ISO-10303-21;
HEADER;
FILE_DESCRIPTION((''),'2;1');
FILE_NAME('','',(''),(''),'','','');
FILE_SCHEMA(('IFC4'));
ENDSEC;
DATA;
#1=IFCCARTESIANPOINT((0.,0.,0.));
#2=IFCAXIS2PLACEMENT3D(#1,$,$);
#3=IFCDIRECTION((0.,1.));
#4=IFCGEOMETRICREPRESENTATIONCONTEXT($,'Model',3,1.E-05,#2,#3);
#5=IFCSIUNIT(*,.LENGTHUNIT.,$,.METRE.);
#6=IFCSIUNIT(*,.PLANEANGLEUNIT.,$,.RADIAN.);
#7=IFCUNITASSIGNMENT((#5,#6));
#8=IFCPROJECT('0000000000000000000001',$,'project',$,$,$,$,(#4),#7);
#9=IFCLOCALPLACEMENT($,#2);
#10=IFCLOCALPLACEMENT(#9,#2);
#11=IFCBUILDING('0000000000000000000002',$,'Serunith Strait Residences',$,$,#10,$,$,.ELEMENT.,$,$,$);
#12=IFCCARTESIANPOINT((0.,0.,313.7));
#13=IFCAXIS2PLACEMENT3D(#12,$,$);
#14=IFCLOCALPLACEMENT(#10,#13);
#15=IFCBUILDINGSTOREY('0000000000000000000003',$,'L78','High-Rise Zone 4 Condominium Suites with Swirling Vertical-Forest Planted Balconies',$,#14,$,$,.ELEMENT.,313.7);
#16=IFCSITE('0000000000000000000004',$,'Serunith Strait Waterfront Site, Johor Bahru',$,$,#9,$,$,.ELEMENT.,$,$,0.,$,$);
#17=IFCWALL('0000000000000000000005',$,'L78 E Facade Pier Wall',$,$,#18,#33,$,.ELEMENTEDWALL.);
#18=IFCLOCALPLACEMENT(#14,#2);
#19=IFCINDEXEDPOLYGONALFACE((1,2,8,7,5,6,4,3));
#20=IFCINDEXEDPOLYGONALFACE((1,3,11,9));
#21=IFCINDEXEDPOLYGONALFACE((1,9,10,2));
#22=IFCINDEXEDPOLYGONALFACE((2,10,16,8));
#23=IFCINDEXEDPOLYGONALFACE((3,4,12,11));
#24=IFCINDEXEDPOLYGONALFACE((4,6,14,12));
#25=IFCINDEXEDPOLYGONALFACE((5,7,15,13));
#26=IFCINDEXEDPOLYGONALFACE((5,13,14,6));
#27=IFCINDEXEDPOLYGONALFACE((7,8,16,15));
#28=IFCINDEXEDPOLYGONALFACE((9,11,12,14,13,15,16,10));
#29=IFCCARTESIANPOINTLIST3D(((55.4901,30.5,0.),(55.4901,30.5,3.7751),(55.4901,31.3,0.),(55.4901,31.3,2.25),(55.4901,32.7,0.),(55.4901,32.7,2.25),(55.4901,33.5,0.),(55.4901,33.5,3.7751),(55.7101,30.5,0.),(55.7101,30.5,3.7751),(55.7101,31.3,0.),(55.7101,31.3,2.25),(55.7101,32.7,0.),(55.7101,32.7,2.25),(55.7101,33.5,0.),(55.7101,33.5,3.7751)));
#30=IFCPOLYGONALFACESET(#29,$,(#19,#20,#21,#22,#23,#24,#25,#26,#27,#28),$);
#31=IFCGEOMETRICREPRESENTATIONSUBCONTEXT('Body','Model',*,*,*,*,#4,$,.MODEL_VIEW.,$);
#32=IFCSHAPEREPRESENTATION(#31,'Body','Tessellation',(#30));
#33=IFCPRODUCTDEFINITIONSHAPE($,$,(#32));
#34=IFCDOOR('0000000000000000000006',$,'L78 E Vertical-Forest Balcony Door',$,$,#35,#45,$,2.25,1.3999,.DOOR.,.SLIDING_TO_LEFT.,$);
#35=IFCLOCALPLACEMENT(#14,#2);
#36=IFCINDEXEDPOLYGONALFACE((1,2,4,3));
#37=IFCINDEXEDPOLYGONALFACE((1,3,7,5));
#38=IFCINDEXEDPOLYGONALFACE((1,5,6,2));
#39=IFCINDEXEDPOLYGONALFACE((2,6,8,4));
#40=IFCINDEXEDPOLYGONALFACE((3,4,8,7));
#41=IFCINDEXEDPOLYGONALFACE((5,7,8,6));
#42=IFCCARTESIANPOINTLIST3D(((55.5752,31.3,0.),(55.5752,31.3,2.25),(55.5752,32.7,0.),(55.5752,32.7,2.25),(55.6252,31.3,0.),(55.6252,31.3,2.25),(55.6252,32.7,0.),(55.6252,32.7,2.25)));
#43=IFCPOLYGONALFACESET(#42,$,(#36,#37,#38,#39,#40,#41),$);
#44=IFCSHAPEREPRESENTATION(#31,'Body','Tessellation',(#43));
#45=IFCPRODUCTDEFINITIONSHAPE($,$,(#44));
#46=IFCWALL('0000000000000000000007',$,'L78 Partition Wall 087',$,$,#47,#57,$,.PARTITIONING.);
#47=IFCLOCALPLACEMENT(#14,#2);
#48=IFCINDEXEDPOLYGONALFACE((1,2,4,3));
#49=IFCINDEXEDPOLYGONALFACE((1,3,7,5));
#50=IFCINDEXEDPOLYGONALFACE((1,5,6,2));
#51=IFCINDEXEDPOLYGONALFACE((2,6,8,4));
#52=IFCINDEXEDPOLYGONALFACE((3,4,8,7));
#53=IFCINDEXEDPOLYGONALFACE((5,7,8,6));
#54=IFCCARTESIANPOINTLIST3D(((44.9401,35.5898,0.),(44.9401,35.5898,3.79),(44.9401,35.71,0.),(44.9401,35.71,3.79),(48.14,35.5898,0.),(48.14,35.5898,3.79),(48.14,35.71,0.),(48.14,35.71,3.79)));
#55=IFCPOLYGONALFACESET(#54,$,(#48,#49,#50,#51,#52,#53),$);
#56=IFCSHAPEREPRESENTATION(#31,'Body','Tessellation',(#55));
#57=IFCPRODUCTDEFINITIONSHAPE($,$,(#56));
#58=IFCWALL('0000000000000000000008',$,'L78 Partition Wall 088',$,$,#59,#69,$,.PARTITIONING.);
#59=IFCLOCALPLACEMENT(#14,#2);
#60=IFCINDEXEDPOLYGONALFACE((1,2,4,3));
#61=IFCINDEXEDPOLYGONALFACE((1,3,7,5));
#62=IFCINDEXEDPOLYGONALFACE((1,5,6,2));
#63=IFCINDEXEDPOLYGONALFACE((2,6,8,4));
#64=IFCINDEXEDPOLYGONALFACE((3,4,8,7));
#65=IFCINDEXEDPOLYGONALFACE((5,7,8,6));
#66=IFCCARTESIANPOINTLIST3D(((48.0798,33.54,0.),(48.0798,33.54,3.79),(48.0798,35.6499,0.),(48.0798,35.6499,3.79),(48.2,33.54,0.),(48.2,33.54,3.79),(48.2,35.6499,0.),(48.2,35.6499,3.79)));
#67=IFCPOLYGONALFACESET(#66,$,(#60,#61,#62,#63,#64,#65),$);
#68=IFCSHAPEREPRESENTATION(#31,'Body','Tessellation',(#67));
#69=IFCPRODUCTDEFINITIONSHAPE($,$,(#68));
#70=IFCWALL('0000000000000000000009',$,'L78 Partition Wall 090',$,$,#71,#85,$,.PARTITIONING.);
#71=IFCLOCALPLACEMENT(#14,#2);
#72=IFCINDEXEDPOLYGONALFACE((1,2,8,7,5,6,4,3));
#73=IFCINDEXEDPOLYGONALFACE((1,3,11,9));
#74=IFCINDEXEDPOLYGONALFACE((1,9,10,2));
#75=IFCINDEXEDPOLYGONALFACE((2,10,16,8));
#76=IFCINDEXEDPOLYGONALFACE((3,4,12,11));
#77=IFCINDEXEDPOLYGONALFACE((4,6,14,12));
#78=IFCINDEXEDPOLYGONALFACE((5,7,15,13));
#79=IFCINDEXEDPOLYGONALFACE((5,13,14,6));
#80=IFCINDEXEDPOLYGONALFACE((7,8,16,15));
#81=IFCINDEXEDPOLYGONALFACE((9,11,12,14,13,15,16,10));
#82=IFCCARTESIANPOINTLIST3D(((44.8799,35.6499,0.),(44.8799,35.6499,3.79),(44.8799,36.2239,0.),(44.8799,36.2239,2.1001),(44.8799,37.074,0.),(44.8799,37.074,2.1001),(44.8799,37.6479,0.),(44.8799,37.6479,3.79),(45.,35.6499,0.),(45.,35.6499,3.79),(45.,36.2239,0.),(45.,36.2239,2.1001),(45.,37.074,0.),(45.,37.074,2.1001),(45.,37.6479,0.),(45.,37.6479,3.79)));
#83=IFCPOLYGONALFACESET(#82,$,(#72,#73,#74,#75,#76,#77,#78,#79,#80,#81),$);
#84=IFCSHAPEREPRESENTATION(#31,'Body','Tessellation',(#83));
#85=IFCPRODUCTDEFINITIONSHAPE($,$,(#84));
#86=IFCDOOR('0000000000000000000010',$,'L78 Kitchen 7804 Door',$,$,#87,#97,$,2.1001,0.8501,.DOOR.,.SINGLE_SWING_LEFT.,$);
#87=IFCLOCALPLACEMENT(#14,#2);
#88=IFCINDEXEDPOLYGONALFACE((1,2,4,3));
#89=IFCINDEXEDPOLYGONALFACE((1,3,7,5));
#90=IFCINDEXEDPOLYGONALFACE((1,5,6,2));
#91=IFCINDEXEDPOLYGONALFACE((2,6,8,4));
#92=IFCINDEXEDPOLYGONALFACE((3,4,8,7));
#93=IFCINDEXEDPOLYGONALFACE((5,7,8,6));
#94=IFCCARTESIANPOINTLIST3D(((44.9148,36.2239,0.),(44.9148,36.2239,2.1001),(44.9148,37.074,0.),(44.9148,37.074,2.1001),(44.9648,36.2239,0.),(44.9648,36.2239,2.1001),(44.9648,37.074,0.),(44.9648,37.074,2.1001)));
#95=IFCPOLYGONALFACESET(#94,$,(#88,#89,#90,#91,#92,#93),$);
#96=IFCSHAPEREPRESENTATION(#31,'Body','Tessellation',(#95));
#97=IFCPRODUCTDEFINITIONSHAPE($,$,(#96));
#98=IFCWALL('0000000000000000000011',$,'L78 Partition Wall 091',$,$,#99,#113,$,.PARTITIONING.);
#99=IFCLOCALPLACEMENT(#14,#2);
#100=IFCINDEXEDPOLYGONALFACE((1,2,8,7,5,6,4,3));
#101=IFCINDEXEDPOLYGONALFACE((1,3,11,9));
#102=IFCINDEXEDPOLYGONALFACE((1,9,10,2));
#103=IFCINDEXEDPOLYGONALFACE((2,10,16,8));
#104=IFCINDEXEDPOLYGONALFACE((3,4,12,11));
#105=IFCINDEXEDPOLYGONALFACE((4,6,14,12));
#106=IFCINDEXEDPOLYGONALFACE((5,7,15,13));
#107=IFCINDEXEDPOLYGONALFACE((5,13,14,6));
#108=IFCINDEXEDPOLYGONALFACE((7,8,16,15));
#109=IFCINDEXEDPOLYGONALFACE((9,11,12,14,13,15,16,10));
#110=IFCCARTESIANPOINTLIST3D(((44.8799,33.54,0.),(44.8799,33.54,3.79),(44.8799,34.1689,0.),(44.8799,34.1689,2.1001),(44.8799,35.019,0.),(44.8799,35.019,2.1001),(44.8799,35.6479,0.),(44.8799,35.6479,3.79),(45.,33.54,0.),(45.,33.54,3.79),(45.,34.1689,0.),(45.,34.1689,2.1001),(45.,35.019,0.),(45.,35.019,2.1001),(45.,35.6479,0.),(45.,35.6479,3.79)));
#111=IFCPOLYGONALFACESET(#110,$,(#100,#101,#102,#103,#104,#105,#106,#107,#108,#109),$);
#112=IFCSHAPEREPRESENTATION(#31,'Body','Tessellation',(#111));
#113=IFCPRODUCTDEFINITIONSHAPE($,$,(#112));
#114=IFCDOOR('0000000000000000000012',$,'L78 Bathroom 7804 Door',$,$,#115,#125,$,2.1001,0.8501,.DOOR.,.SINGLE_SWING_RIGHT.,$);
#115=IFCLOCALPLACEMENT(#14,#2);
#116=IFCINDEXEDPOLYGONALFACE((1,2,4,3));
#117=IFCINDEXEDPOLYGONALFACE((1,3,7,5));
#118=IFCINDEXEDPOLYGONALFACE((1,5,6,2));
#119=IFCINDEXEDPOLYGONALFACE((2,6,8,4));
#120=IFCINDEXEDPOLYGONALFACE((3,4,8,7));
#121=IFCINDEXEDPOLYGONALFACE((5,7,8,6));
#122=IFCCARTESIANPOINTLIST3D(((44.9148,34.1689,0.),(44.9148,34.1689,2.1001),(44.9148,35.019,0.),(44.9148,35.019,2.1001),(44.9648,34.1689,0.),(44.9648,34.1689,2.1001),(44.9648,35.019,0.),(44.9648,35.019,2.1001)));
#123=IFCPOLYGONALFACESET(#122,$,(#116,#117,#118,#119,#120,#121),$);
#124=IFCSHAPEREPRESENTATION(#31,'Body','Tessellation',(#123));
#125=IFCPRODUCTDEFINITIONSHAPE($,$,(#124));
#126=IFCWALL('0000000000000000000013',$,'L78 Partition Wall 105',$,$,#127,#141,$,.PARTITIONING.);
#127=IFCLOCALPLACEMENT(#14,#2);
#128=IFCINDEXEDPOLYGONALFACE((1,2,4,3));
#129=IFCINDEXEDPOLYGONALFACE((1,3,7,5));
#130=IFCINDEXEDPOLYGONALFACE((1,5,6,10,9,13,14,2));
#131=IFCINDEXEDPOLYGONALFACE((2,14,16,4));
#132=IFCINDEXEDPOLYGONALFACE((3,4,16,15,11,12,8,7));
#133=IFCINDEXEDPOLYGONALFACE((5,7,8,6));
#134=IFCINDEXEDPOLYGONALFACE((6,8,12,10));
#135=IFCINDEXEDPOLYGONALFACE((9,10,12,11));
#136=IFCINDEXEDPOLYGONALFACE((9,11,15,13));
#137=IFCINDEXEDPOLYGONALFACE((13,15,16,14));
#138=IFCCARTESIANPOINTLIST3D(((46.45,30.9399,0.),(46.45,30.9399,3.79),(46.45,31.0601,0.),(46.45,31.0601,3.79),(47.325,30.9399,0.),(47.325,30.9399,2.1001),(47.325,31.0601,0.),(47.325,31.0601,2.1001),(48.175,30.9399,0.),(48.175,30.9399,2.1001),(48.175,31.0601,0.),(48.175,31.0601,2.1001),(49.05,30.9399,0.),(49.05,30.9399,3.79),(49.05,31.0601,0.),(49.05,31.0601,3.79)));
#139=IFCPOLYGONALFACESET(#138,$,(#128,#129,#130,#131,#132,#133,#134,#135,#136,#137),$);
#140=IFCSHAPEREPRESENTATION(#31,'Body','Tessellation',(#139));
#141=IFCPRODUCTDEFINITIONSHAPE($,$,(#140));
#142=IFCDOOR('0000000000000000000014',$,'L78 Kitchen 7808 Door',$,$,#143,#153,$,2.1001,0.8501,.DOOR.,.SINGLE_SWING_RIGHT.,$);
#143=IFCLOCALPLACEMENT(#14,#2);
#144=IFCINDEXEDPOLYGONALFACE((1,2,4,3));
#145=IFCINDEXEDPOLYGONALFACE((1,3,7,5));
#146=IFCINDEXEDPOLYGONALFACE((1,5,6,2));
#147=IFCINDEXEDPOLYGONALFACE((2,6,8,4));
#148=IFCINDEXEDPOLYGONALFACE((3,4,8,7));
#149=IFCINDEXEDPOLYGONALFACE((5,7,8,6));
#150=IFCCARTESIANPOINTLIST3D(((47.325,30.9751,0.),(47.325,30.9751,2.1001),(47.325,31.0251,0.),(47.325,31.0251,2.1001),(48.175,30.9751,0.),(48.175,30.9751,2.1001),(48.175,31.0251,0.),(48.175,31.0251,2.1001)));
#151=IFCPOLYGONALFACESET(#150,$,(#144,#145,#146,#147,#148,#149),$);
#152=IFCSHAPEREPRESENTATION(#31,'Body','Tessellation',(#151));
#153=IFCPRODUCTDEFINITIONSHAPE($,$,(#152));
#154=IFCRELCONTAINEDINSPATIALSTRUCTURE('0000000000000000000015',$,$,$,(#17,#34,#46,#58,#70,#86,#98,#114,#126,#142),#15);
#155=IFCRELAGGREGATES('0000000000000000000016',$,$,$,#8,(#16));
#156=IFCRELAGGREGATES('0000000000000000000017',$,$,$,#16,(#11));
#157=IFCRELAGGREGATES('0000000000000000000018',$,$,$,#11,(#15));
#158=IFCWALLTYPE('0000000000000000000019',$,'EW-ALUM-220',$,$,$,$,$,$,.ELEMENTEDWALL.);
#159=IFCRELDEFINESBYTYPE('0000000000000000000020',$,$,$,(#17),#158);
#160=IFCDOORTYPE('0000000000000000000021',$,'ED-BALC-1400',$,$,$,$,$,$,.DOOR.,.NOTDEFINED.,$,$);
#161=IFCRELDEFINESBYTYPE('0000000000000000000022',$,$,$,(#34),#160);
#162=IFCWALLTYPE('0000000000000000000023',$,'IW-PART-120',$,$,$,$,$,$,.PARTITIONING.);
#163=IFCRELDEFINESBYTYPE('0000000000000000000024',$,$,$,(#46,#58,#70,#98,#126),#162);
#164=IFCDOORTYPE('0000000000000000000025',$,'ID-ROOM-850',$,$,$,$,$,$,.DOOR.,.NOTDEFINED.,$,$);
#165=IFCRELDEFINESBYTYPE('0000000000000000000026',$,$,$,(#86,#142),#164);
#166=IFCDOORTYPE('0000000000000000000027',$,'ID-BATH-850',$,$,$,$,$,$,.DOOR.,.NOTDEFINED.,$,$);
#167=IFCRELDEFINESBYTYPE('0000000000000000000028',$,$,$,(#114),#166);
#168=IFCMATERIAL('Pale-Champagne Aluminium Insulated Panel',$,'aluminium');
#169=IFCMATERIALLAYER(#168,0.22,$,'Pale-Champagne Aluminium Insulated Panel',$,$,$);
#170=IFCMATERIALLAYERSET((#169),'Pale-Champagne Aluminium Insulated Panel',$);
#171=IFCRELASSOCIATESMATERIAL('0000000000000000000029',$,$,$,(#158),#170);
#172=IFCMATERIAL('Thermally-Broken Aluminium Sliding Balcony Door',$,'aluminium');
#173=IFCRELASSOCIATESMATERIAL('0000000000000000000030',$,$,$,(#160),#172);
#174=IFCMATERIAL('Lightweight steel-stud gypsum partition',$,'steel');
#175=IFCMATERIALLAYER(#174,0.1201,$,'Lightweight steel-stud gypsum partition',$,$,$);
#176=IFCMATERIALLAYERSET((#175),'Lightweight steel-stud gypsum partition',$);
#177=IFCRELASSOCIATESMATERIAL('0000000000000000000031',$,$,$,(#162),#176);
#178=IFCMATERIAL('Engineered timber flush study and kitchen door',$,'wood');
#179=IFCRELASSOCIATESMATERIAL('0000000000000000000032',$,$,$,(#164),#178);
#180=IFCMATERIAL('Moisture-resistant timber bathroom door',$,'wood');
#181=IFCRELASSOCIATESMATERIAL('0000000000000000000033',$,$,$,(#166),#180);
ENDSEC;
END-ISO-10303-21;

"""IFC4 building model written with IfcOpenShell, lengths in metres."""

from ifc_helpers import new_model, si_unit, direction, frame, frame_2d, origin, place, context, subcontext, project, spatial, rectangle, extrude, source, transform, mapped, material, layer, layer_set, type_object, element, fill, save


model = new_model("IFC4")

# Units and contexts
model_context = context("Model", 3, precision=1e-05, world=origin(), true_north=direction((0.0, 1.0)))
body_context = subcontext(model_context, "Body", "Model", "MODEL_VIEW")
ifc_project = project(units=[si_unit("LENGTHUNIT", "METRE"), si_unit("PLANEANGLEUNIT", "RADIAN")], contexts=[model_context])

# Site, building, storey
site_placement = place(None, origin())
site = spatial("IfcSite", under=ifc_project, at=site_placement, Name="Serunith Strait Waterfront Site, Johor Bahru", CompositionType="ELEMENT", RefElevation=0.0)
building_placement = place(site_placement, origin())
building = spatial("IfcBuilding", under=site, at=building_placement, Name="Serunith Strait Residences", CompositionType="ELEMENT")
storey_placement = place(building_placement, frame((0.0, 0.0, 313.7)))
storey = spatial("IfcBuildingStorey", under=building, at=storey_placement, Name="L78", Description="High-Rise Zone 4 Condominium Suites with Swirling Vertical-Forest Planted Balconies", CompositionType="ELEMENT", Elevation=313.7)

# Wall, opening, door
ifc_material_1 = material(Name="Pale-Champagne Aluminium Insulated Panel", Category="aluminium")
ifc_layer_1 = layer(ifc_material_1, 0.22, Name="Pale-Champagne Aluminium Insulated Panel")
ifc_layer_set_1 = layer_set([ifc_layer_1], Name="Pale-Champagne Aluminium Insulated Panel")
wall_type_1 = type_object("IfcWallType", Name="EW-ALUM-220", PredefinedType="ELEMENTEDWALL", material=ifc_layer_set_1)
wall_1_placement = place(storey_placement, frame((55.6001, 30.5, 0.0), z_axis=(0.0, 0.0, 1.0), x_axis=(0.0, 1.0, 0.0)))
wall_1 = element("IfcWall", 1, at=wall_1_placement, inside=storey, type_object=wall_type_1, Name="L78 E Facade Pier Wall", PredefinedType="ELEMENTEDWALL", context=body_context, shape_type="SweptSolid", body=[
    extrude(rectangle(XDim=3.0, YDim=0.22, at=frame_2d((1.5, 0.0))), origin(), (0.0, 0.0, 1.0), 3.7751),
])
opening_1_placement = place(wall_1_placement, frame((0.8, 0.0, 0.0)))
opening_1 = element("IfcOpeningElement", 2, at=opening_1_placement, cuts=wall_1, PredefinedType="OPENING", context=body_context, shape_type="SweptSolid", body=[
    extrude(rectangle(XDim=1.3999, YDim=2.25, at=frame_2d((0.7, 1.125))), frame((0.0, 0.1201, 0.0), z_axis=(0.0, -1.0, 0.0), x_axis=(1.0, 0.0, 0.0)), (0.0, 0.0, 1.0), 0.24),
])
ifc_material_2 = material(Name="Thermally-Broken Aluminium Sliding Balcony Door", Category="aluminium")
door_type_1 = type_object("IfcDoorType", Name="ED-BALC-1400", OperationType="NOTDEFINED", PredefinedType="DOOR", material=ifc_material_2)
shared_shape_1 = source(origin(), body_context, "Body", "SweptSolid", [
    extrude(rectangle(XDim=1.3999, YDim=2.25, at=frame_2d((0.7, 1.125))), frame((0.0, 0.0249, 0.0), z_axis=(0.0, -1.0, 0.0), x_axis=(1.0, 0.0, 0.0)), (0.0, 0.0, 1.0), 0.05),
])
door_1_placement = place(opening_1_placement, origin())
door_1 = element("IfcDoor", 3, at=door_1_placement, inside=storey, type_object=door_type_1, Name="L78 E Vertical-Forest Balcony Door", OperationType="SLIDING_TO_LEFT", OverallHeight=2.25, OverallWidth=1.3999, PredefinedType="DOOR", context=body_context, shape_type="MappedRepresentation", body=[
    mapped(shared_shape_1, transform((0.0, 0.0, 0.0), scale=1.0)),
])
fill(opening_1, door_1)

# Walls
ifc_material_3 = material(Name="Lightweight steel-stud gypsum partition", Category="steel")
ifc_layer_2 = layer(ifc_material_3, 0.1201, Name="Lightweight steel-stud gypsum partition")
ifc_layer_set_2 = layer_set([ifc_layer_2], Name="Lightweight steel-stud gypsum partition")
wall_type_2 = type_object("IfcWallType", Name="IW-PART-120", PredefinedType="PARTITIONING", material=ifc_layer_set_2)
wall_2_placement = place(storey_placement, frame((44.9399, 35.6499, 0.0), z_axis=(0.0, 0.0, 1.0), x_axis=(1.0, 0.0, 0.0)))
element("IfcWall", 4, at=wall_2_placement, inside=storey, type_object=wall_type_2, Name="L78 Partition Wall 087", PredefinedType="PARTITIONING", context=body_context, shape_type="SweptSolid", body=[
    extrude(rectangle(XDim=3.2, YDim=0.1201, at=frame_2d((1.6001, 0.0))), origin(), (0.0, 0.0, 1.0), 3.79),
])
wall_3_placement = place(storey_placement, frame((48.1399, 35.6499, 0.0), z_axis=(0.0, 0.0, 1.0), x_axis=(0.0, -1.0, 0.0)))
element("IfcWall", 5, at=wall_3_placement, inside=storey, type_object=wall_type_2, Name="L78 Partition Wall 088", PredefinedType="PARTITIONING", context=body_context, shape_type="SweptSolid", body=[
    extrude(rectangle(XDim=2.1099, YDim=0.1201, at=frame_2d((1.0549, 0.0))), origin(), (0.0, 0.0, 1.0), 3.79),
])

# Walls, openings, doors
wall_4_placement = place(storey_placement, frame((44.9399, 37.6479, 0.0), z_axis=(0.0, 0.0, 1.0), x_axis=(0.0, -1.0, 0.0)))
wall_4 = element("IfcWall", 6, at=wall_4_placement, inside=storey, type_object=wall_type_2, Name="L78 Partition Wall 090", PredefinedType="PARTITIONING", context=body_context, shape_type="SweptSolid", body=[
    extrude(rectangle(XDim=1.998, YDim=0.1201, at=frame_2d((0.999, 0.0))), origin(), (0.0, 0.0, 1.0), 3.79),
])
opening_2_placement = place(wall_4_placement, frame((0.574, 0.0, 0.0)))
opening_2 = element("IfcOpeningElement", 7, at=opening_2_placement, cuts=wall_4, PredefinedType="OPENING", context=body_context, shape_type="SweptSolid", body=[
    extrude(rectangle(XDim=0.8501, YDim=2.1001, at=frame_2d((0.425, 1.05))), frame((0.0, 0.0701, 0.0), z_axis=(0.0, -1.0, 0.0), x_axis=(1.0, 0.0, 0.0)), (0.0, 0.0, 1.0), 0.1401),
])
ifc_material_4 = material(Name="Engineered timber flush study and kitchen door", Category="wood")
door_type_2 = type_object("IfcDoorType", Name="ID-ROOM-850", OperationType="NOTDEFINED", PredefinedType="DOOR", material=ifc_material_4)
shared_shape_2 = source(origin(), body_context, "Body", "SweptSolid", [
    extrude(rectangle(XDim=0.8501, YDim=2.1001, at=frame_2d((0.425, 1.05))), frame((0.0, 0.0249, 0.0), z_axis=(0.0, -1.0, 0.0), x_axis=(1.0, 0.0, 0.0)), (0.0, 0.0, 1.0), 0.05),
])
door_2_placement = place(opening_2_placement, origin())
door_2 = element("IfcDoor", 8, at=door_2_placement, inside=storey, type_object=door_type_2, Name="L78 Kitchen 7804 Door", OperationType="SINGLE_SWING_LEFT", OverallHeight=2.1001, OverallWidth=0.8501, PredefinedType="DOOR", context=body_context, shape_type="MappedRepresentation", body=[
    mapped(shared_shape_2, transform((0.0, 0.0, 0.0), scale=1.0)),
])
fill(opening_2, door_2)
wall_5_placement = place(storey_placement, frame((44.9399, 35.6479, 0.0), z_axis=(0.0, 0.0, 1.0), x_axis=(0.0, -1.0, 0.0)))
wall_5 = element("IfcWall", 9, at=wall_5_placement, inside=storey, type_object=wall_type_2, Name="L78 Partition Wall 091", PredefinedType="PARTITIONING", context=body_context, shape_type="SweptSolid", body=[
    extrude(rectangle(XDim=2.1079, YDim=0.1201, at=frame_2d((1.054, 0.0))), origin(), (0.0, 0.0, 1.0), 3.79),
])
opening_3_placement = place(wall_5_placement, frame((0.6289, 0.0, 0.0)))
opening_3 = element("IfcOpeningElement", 10, at=opening_3_placement, cuts=wall_5, PredefinedType="OPENING", context=body_context, shape_type="SweptSolid", body=[
    extrude(rectangle(XDim=0.8501, YDim=2.1001, at=frame_2d((0.425, 1.05))), frame((0.0, 0.0701, 0.0), z_axis=(0.0, -1.0, 0.0), x_axis=(1.0, 0.0, 0.0)), (0.0, 0.0, 1.0), 0.1401),
])
ifc_material_5 = material(Name="Moisture-resistant timber bathroom door", Category="wood")
door_type_3 = type_object("IfcDoorType", Name="ID-BATH-850", OperationType="NOTDEFINED", PredefinedType="DOOR", material=ifc_material_5)
door_3_placement = place(opening_3_placement, origin())
door_3 = element("IfcDoor", 11, at=door_3_placement, inside=storey, type_object=door_type_3, Name="L78 Bathroom 7804 Door", OperationType="SINGLE_SWING_RIGHT", OverallHeight=2.1001, OverallWidth=0.8501, PredefinedType="DOOR", context=body_context, shape_type="MappedRepresentation", body=[
    mapped(shared_shape_2, transform((0.0, 0.0, 0.0), scale=1.0)),
])
fill(opening_3, door_3)
wall_6_placement = place(storey_placement, frame((49.05, 31.0, 0.0), z_axis=(0.0, 0.0, 1.0), x_axis=(-1.0, 0.0, 0.0)))
wall_6 = element("IfcWall", 12, at=wall_6_placement, inside=storey, type_object=wall_type_2, Name="L78 Partition Wall 105", PredefinedType="PARTITIONING", context=body_context, shape_type="SweptSolid", body=[
    extrude(rectangle(XDim=2.6001, YDim=0.1201, at=frame_2d((1.3, 0.0))), origin(), (0.0, 0.0, 1.0), 3.79),
])
opening_4_placement = place(wall_6_placement, frame((0.875, 0.0, 0.0)))
opening_4 = element("IfcOpeningElement", 13, at=opening_4_placement, cuts=wall_6, PredefinedType="OPENING", context=body_context, shape_type="SweptSolid", body=[
    extrude(rectangle(XDim=0.8501, YDim=2.1001, at=frame_2d((0.425, 1.05))), frame((0.0, 0.0701, 0.0), z_axis=(0.0, -1.0, 0.0), x_axis=(1.0, 0.0, 0.0)), (0.0, 0.0, 1.0), 0.1401),
])
door_4_placement = place(opening_4_placement, origin())
door_4 = element("IfcDoor", 14, at=door_4_placement, inside=storey, type_object=door_type_2, Name="L78 Kitchen 7808 Door", OperationType="SINGLE_SWING_RIGHT", OverallHeight=2.1001, OverallWidth=0.8501, PredefinedType="DOOR", context=body_context, shape_type="MappedRepresentation", body=[
    mapped(shared_shape_2, transform((0.0, 0.0, 0.0), scale=1.0)),
])
fill(opening_4, door_4)

save(model, "model.ifc")
